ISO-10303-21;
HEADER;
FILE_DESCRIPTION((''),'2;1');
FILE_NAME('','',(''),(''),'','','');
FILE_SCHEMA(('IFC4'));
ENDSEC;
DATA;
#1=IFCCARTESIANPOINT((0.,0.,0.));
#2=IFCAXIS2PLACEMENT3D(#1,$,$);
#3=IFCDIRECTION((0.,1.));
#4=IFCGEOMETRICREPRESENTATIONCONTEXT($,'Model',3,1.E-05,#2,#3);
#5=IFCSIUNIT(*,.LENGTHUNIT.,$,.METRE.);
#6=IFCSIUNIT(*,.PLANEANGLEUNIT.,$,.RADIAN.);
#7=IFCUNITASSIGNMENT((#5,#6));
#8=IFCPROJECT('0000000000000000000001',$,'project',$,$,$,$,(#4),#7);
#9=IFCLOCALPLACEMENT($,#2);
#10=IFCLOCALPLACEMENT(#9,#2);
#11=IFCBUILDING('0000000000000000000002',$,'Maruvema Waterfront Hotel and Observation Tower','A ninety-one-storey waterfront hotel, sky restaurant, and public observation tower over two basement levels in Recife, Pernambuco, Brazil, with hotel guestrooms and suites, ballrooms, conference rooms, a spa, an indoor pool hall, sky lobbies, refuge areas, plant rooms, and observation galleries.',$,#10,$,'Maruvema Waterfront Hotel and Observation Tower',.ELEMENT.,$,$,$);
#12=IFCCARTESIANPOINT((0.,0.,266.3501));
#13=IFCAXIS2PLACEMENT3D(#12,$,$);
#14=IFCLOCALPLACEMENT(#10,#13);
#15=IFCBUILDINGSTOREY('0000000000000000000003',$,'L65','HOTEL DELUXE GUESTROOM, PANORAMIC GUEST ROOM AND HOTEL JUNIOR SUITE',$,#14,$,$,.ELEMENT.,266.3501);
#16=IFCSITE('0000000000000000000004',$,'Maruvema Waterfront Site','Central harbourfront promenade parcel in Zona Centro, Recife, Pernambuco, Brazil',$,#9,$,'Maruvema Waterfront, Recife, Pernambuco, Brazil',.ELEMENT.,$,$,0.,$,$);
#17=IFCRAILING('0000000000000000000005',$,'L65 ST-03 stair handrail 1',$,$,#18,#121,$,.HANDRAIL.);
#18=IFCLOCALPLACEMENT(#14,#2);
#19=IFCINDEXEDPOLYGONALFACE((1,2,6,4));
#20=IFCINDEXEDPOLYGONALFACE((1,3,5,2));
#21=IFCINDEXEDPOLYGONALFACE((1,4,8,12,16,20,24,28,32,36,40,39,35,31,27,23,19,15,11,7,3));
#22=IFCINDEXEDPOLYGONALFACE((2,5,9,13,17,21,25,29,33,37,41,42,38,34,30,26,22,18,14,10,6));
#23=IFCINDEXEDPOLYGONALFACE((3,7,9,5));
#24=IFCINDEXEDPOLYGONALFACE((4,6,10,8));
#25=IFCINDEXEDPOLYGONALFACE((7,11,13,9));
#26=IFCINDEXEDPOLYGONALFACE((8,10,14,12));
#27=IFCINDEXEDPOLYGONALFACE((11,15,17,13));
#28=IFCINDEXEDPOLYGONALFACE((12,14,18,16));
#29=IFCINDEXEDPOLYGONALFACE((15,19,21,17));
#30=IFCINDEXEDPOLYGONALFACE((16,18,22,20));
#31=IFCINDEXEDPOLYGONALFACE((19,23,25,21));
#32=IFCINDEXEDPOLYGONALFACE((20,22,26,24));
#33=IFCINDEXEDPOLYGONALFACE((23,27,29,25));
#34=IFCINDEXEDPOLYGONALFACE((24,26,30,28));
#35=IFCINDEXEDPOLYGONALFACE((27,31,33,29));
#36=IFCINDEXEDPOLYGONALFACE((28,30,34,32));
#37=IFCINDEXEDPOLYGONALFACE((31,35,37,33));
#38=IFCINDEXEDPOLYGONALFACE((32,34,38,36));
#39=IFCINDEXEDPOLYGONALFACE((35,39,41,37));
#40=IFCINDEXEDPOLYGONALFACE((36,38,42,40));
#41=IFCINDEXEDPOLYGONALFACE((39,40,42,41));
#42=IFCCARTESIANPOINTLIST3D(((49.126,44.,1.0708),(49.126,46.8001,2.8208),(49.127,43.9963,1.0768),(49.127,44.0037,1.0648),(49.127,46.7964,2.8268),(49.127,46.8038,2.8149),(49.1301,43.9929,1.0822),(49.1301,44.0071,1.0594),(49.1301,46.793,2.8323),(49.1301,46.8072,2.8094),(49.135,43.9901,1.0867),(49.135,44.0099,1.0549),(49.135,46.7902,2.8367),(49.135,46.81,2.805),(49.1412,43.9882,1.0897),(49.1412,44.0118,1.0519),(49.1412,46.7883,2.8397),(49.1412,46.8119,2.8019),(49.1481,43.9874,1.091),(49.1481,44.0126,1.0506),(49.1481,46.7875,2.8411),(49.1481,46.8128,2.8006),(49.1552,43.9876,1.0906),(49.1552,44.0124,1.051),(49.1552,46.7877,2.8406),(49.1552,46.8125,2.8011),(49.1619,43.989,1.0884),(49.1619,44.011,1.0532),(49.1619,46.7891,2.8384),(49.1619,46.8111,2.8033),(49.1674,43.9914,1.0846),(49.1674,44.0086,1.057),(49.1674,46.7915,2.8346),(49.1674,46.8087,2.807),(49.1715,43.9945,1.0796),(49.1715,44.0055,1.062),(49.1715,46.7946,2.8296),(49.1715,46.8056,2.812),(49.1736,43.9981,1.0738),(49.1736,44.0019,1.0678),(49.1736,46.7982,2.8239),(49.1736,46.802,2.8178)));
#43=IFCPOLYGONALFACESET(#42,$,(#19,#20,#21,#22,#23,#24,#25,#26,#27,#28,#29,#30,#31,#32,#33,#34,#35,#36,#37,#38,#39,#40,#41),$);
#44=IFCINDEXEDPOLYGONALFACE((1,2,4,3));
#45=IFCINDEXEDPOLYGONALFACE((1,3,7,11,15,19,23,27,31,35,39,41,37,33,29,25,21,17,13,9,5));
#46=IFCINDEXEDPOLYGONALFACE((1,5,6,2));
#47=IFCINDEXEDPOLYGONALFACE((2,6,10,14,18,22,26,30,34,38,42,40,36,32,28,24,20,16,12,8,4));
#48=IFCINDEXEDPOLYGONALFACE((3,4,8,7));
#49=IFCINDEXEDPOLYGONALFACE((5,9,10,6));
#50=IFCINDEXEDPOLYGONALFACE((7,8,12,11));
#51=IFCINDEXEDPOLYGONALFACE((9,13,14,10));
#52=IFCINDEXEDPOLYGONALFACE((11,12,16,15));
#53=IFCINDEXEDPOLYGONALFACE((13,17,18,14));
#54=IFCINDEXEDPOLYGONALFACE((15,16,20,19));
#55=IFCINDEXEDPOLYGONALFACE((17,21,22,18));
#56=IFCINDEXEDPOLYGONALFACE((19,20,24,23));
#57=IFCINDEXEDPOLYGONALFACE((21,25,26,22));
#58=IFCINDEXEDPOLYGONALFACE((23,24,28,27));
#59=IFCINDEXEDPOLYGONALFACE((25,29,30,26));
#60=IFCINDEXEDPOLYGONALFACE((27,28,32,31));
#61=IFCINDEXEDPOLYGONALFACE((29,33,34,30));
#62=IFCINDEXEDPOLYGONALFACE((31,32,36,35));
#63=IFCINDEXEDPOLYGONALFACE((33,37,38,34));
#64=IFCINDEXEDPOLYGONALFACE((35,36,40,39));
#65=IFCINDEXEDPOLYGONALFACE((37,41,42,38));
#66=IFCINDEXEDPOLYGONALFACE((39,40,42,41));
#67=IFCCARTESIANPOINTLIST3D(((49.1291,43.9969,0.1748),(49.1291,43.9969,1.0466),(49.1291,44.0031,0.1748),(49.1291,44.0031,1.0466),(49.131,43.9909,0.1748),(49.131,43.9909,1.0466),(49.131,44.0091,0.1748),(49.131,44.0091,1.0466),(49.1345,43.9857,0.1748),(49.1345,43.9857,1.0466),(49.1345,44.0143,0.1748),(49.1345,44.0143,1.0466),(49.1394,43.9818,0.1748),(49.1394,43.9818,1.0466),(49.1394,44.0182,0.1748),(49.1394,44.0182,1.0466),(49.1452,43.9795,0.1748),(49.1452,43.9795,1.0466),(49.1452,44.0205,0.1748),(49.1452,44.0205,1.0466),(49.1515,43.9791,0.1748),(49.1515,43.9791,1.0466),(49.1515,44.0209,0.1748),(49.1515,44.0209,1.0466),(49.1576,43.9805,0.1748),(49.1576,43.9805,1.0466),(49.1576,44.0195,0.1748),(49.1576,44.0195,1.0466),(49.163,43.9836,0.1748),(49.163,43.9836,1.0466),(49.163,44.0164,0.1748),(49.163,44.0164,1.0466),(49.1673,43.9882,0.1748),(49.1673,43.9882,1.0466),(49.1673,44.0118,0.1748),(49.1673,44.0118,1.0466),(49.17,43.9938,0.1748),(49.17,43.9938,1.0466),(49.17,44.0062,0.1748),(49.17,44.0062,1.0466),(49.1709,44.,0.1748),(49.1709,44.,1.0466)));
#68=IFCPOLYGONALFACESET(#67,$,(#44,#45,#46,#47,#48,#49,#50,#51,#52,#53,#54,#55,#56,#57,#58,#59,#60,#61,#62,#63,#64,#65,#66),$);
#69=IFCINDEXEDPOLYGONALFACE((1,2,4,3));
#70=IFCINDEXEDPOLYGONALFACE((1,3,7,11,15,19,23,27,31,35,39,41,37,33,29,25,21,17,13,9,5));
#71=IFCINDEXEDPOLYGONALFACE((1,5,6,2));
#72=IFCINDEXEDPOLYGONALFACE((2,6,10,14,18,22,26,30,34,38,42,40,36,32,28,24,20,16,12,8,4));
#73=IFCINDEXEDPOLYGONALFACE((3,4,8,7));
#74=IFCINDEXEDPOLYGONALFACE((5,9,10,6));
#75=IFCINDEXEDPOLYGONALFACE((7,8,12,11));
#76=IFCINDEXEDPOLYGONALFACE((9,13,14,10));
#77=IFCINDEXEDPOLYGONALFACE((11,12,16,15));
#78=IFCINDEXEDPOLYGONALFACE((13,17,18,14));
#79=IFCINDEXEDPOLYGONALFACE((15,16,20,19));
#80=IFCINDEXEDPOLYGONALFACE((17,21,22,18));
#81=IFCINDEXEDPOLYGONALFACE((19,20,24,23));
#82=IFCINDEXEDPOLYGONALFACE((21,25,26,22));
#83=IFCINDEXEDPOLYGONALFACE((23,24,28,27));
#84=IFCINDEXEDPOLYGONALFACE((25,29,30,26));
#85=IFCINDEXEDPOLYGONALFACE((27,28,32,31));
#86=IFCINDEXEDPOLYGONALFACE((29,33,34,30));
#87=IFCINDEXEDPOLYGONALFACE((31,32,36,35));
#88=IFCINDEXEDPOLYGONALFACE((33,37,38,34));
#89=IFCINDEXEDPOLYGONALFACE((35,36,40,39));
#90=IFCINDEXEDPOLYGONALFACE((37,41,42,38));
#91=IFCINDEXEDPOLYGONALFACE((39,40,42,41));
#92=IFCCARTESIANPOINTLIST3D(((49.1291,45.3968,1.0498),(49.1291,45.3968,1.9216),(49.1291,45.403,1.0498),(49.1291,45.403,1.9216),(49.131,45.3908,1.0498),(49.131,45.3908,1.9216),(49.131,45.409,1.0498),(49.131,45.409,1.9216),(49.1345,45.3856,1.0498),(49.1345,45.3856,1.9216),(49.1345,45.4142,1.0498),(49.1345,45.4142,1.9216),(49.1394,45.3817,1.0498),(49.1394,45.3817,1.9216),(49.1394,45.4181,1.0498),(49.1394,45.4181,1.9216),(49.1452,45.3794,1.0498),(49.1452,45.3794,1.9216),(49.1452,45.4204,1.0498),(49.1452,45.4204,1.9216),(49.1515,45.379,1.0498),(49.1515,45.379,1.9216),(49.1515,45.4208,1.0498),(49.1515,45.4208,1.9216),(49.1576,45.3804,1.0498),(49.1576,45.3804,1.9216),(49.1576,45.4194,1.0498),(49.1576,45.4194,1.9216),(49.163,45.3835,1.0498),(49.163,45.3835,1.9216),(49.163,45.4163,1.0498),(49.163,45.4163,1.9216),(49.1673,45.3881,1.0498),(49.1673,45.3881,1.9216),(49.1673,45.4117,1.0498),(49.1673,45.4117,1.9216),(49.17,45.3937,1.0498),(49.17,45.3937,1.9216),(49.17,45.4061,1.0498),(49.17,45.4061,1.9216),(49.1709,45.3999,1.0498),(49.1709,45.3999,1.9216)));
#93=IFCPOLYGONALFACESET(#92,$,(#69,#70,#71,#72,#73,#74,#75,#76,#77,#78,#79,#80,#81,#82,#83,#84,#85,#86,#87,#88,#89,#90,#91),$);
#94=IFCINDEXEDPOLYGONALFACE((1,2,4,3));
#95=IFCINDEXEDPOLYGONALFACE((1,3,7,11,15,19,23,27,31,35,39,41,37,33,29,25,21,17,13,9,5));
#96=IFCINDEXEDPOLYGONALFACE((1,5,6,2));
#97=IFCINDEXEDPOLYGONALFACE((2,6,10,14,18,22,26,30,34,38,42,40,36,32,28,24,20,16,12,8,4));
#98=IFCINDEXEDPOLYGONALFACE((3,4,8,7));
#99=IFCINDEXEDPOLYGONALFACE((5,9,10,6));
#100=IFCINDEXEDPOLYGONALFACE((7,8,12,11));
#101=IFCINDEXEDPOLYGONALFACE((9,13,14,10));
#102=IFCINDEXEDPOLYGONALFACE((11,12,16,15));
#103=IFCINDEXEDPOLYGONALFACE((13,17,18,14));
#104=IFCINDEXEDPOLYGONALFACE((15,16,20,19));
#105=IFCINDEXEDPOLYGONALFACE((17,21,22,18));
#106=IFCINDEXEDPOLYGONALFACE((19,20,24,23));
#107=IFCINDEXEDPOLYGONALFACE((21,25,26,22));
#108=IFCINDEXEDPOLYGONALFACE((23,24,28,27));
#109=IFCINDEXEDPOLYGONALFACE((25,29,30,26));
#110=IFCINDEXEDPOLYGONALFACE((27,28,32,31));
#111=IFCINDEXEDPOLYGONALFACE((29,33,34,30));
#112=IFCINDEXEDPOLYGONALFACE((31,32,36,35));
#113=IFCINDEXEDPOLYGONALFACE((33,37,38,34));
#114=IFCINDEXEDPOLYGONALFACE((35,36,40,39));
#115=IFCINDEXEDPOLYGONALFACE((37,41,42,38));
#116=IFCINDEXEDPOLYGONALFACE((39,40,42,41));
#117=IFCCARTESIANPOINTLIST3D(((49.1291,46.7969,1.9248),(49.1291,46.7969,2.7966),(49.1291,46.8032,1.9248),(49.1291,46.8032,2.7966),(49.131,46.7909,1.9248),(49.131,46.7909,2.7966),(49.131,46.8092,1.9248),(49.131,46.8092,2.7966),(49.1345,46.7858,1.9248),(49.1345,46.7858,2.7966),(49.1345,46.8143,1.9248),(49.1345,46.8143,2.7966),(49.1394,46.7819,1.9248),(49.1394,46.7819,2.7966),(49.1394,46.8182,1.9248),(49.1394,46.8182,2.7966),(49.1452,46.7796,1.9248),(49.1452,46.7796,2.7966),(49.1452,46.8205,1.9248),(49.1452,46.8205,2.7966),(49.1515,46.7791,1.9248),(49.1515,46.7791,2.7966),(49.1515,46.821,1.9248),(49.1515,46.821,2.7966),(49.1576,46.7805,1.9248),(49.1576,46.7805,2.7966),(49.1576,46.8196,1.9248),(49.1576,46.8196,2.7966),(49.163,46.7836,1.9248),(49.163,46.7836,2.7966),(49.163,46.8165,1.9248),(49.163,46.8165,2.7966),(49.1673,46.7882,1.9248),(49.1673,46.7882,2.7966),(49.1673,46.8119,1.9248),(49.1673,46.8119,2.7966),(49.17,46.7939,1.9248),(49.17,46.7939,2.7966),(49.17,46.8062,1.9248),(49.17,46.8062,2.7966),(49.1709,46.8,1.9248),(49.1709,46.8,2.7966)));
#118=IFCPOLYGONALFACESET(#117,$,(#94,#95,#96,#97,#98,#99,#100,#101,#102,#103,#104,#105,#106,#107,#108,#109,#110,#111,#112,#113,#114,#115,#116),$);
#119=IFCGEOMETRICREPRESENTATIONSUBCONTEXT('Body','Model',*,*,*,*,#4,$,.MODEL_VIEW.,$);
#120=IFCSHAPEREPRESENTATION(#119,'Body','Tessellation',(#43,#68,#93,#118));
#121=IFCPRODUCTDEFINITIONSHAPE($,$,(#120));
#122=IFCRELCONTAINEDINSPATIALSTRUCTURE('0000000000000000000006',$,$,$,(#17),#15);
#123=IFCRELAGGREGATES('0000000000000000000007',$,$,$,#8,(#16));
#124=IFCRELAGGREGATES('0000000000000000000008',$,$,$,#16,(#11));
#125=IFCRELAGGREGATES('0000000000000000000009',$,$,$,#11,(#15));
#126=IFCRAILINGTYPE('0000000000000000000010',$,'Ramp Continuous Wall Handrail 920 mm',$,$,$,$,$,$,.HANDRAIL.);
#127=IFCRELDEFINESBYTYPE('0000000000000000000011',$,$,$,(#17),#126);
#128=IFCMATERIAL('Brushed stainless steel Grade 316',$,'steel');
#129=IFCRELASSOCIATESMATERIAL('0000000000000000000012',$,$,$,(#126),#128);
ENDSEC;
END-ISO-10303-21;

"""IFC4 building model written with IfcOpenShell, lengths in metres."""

from ifc_helpers import new_model, si_unit, direction, frame, origin, origin_2d, place, context, subcontext, project, spatial, circle, extrude, material, type_object, element, save


model = new_model("IFC4")

# Units and contexts
model_context = context("Model", 3, precision=1e-05, world=origin(), true_north=direction((0.0, 1.0)))
body_context = subcontext(model_context, "Body", "Model", "MODEL_VIEW")
ifc_project = project(units=[si_unit("LENGTHUNIT", "METRE"), si_unit("PLANEANGLEUNIT", "RADIAN")], contexts=[model_context])

# Site, building, storey
site_placement = place(None, origin())
site = spatial("IfcSite", under=ifc_project, at=site_placement, Name="Maruvema Waterfront Site", Description="Central harbourfront promenade parcel in Zona Centro, Recife, Pernambuco, Brazil", LongName="Maruvema Waterfront, Recife, Pernambuco, Brazil", CompositionType="ELEMENT", RefElevation=0.0)
building_placement = place(site_placement, origin())
building = spatial("IfcBuilding", under=site, at=building_placement, Name="Maruvema Waterfront Hotel and Observation Tower", Description="A ninety-one-storey waterfront hotel, sky restaurant, and public observation tower over two basement levels in Recife, Pernambuco, Brazil, with hotel guestrooms and suites, ballrooms, conference rooms, a spa, an indoor pool hall, sky lobbies, refuge areas, plant rooms, and observation galleries.", LongName="Maruvema Waterfront Hotel and Observation Tower", CompositionType="ELEMENT")
storey_placement = place(building_placement, frame((0.0, 0.0, 266.3501)))
storey = spatial("IfcBuildingStorey", under=building, at=storey_placement, Name="L65", Description="HOTEL DELUXE GUESTROOM, PANORAMIC GUEST ROOM AND HOTEL JUNIOR SUITE", CompositionType="ELEMENT", Elevation=266.3501)

# Railing
ifc_material_1 = material(Name="Brushed stainless steel Grade 316", Category="steel")
railing_type_1 = type_object("IfcRailingType", Name="Ramp Continuous Wall Handrail 920 mm", PredefinedType="HANDRAIL", material=ifc_material_1)
railing_1_placement = place(storey_placement, frame((49.1499, 44.0, 0.1748)))
element("IfcRailing", 1, at=railing_1_placement, inside=storey, type_object=railing_type_1, Name="L65 ST-03 stair handrail 1", PredefinedType="HANDRAIL", context=body_context, shape_type="SweptSolid", body=[
    extrude(circle(Radius=0.0239, at=origin_2d()), frame((0.0, 0.0, 0.896), z_axis=(0.0, 0.848002, 0.529992), x_axis=(-1.0, 0.0, 0.0)), (0.0, 0.0, 1.0), 3.302),
    extrude(circle(Radius=0.021, at=origin_2d()), origin(), (0.0, 0.0, 1.0), 0.8718),
    extrude(circle(Radius=0.021, at=origin_2d()), frame((0.0, 1.3999, 0.875)), (0.0, 0.0, 1.0), 0.8718),
    extrude(circle(Radius=0.021, at=origin_2d()), frame((0.0, 2.8, 1.75)), (0.0, 0.0, 1.0), 0.8718),
])

save(model, "model.ifc")
